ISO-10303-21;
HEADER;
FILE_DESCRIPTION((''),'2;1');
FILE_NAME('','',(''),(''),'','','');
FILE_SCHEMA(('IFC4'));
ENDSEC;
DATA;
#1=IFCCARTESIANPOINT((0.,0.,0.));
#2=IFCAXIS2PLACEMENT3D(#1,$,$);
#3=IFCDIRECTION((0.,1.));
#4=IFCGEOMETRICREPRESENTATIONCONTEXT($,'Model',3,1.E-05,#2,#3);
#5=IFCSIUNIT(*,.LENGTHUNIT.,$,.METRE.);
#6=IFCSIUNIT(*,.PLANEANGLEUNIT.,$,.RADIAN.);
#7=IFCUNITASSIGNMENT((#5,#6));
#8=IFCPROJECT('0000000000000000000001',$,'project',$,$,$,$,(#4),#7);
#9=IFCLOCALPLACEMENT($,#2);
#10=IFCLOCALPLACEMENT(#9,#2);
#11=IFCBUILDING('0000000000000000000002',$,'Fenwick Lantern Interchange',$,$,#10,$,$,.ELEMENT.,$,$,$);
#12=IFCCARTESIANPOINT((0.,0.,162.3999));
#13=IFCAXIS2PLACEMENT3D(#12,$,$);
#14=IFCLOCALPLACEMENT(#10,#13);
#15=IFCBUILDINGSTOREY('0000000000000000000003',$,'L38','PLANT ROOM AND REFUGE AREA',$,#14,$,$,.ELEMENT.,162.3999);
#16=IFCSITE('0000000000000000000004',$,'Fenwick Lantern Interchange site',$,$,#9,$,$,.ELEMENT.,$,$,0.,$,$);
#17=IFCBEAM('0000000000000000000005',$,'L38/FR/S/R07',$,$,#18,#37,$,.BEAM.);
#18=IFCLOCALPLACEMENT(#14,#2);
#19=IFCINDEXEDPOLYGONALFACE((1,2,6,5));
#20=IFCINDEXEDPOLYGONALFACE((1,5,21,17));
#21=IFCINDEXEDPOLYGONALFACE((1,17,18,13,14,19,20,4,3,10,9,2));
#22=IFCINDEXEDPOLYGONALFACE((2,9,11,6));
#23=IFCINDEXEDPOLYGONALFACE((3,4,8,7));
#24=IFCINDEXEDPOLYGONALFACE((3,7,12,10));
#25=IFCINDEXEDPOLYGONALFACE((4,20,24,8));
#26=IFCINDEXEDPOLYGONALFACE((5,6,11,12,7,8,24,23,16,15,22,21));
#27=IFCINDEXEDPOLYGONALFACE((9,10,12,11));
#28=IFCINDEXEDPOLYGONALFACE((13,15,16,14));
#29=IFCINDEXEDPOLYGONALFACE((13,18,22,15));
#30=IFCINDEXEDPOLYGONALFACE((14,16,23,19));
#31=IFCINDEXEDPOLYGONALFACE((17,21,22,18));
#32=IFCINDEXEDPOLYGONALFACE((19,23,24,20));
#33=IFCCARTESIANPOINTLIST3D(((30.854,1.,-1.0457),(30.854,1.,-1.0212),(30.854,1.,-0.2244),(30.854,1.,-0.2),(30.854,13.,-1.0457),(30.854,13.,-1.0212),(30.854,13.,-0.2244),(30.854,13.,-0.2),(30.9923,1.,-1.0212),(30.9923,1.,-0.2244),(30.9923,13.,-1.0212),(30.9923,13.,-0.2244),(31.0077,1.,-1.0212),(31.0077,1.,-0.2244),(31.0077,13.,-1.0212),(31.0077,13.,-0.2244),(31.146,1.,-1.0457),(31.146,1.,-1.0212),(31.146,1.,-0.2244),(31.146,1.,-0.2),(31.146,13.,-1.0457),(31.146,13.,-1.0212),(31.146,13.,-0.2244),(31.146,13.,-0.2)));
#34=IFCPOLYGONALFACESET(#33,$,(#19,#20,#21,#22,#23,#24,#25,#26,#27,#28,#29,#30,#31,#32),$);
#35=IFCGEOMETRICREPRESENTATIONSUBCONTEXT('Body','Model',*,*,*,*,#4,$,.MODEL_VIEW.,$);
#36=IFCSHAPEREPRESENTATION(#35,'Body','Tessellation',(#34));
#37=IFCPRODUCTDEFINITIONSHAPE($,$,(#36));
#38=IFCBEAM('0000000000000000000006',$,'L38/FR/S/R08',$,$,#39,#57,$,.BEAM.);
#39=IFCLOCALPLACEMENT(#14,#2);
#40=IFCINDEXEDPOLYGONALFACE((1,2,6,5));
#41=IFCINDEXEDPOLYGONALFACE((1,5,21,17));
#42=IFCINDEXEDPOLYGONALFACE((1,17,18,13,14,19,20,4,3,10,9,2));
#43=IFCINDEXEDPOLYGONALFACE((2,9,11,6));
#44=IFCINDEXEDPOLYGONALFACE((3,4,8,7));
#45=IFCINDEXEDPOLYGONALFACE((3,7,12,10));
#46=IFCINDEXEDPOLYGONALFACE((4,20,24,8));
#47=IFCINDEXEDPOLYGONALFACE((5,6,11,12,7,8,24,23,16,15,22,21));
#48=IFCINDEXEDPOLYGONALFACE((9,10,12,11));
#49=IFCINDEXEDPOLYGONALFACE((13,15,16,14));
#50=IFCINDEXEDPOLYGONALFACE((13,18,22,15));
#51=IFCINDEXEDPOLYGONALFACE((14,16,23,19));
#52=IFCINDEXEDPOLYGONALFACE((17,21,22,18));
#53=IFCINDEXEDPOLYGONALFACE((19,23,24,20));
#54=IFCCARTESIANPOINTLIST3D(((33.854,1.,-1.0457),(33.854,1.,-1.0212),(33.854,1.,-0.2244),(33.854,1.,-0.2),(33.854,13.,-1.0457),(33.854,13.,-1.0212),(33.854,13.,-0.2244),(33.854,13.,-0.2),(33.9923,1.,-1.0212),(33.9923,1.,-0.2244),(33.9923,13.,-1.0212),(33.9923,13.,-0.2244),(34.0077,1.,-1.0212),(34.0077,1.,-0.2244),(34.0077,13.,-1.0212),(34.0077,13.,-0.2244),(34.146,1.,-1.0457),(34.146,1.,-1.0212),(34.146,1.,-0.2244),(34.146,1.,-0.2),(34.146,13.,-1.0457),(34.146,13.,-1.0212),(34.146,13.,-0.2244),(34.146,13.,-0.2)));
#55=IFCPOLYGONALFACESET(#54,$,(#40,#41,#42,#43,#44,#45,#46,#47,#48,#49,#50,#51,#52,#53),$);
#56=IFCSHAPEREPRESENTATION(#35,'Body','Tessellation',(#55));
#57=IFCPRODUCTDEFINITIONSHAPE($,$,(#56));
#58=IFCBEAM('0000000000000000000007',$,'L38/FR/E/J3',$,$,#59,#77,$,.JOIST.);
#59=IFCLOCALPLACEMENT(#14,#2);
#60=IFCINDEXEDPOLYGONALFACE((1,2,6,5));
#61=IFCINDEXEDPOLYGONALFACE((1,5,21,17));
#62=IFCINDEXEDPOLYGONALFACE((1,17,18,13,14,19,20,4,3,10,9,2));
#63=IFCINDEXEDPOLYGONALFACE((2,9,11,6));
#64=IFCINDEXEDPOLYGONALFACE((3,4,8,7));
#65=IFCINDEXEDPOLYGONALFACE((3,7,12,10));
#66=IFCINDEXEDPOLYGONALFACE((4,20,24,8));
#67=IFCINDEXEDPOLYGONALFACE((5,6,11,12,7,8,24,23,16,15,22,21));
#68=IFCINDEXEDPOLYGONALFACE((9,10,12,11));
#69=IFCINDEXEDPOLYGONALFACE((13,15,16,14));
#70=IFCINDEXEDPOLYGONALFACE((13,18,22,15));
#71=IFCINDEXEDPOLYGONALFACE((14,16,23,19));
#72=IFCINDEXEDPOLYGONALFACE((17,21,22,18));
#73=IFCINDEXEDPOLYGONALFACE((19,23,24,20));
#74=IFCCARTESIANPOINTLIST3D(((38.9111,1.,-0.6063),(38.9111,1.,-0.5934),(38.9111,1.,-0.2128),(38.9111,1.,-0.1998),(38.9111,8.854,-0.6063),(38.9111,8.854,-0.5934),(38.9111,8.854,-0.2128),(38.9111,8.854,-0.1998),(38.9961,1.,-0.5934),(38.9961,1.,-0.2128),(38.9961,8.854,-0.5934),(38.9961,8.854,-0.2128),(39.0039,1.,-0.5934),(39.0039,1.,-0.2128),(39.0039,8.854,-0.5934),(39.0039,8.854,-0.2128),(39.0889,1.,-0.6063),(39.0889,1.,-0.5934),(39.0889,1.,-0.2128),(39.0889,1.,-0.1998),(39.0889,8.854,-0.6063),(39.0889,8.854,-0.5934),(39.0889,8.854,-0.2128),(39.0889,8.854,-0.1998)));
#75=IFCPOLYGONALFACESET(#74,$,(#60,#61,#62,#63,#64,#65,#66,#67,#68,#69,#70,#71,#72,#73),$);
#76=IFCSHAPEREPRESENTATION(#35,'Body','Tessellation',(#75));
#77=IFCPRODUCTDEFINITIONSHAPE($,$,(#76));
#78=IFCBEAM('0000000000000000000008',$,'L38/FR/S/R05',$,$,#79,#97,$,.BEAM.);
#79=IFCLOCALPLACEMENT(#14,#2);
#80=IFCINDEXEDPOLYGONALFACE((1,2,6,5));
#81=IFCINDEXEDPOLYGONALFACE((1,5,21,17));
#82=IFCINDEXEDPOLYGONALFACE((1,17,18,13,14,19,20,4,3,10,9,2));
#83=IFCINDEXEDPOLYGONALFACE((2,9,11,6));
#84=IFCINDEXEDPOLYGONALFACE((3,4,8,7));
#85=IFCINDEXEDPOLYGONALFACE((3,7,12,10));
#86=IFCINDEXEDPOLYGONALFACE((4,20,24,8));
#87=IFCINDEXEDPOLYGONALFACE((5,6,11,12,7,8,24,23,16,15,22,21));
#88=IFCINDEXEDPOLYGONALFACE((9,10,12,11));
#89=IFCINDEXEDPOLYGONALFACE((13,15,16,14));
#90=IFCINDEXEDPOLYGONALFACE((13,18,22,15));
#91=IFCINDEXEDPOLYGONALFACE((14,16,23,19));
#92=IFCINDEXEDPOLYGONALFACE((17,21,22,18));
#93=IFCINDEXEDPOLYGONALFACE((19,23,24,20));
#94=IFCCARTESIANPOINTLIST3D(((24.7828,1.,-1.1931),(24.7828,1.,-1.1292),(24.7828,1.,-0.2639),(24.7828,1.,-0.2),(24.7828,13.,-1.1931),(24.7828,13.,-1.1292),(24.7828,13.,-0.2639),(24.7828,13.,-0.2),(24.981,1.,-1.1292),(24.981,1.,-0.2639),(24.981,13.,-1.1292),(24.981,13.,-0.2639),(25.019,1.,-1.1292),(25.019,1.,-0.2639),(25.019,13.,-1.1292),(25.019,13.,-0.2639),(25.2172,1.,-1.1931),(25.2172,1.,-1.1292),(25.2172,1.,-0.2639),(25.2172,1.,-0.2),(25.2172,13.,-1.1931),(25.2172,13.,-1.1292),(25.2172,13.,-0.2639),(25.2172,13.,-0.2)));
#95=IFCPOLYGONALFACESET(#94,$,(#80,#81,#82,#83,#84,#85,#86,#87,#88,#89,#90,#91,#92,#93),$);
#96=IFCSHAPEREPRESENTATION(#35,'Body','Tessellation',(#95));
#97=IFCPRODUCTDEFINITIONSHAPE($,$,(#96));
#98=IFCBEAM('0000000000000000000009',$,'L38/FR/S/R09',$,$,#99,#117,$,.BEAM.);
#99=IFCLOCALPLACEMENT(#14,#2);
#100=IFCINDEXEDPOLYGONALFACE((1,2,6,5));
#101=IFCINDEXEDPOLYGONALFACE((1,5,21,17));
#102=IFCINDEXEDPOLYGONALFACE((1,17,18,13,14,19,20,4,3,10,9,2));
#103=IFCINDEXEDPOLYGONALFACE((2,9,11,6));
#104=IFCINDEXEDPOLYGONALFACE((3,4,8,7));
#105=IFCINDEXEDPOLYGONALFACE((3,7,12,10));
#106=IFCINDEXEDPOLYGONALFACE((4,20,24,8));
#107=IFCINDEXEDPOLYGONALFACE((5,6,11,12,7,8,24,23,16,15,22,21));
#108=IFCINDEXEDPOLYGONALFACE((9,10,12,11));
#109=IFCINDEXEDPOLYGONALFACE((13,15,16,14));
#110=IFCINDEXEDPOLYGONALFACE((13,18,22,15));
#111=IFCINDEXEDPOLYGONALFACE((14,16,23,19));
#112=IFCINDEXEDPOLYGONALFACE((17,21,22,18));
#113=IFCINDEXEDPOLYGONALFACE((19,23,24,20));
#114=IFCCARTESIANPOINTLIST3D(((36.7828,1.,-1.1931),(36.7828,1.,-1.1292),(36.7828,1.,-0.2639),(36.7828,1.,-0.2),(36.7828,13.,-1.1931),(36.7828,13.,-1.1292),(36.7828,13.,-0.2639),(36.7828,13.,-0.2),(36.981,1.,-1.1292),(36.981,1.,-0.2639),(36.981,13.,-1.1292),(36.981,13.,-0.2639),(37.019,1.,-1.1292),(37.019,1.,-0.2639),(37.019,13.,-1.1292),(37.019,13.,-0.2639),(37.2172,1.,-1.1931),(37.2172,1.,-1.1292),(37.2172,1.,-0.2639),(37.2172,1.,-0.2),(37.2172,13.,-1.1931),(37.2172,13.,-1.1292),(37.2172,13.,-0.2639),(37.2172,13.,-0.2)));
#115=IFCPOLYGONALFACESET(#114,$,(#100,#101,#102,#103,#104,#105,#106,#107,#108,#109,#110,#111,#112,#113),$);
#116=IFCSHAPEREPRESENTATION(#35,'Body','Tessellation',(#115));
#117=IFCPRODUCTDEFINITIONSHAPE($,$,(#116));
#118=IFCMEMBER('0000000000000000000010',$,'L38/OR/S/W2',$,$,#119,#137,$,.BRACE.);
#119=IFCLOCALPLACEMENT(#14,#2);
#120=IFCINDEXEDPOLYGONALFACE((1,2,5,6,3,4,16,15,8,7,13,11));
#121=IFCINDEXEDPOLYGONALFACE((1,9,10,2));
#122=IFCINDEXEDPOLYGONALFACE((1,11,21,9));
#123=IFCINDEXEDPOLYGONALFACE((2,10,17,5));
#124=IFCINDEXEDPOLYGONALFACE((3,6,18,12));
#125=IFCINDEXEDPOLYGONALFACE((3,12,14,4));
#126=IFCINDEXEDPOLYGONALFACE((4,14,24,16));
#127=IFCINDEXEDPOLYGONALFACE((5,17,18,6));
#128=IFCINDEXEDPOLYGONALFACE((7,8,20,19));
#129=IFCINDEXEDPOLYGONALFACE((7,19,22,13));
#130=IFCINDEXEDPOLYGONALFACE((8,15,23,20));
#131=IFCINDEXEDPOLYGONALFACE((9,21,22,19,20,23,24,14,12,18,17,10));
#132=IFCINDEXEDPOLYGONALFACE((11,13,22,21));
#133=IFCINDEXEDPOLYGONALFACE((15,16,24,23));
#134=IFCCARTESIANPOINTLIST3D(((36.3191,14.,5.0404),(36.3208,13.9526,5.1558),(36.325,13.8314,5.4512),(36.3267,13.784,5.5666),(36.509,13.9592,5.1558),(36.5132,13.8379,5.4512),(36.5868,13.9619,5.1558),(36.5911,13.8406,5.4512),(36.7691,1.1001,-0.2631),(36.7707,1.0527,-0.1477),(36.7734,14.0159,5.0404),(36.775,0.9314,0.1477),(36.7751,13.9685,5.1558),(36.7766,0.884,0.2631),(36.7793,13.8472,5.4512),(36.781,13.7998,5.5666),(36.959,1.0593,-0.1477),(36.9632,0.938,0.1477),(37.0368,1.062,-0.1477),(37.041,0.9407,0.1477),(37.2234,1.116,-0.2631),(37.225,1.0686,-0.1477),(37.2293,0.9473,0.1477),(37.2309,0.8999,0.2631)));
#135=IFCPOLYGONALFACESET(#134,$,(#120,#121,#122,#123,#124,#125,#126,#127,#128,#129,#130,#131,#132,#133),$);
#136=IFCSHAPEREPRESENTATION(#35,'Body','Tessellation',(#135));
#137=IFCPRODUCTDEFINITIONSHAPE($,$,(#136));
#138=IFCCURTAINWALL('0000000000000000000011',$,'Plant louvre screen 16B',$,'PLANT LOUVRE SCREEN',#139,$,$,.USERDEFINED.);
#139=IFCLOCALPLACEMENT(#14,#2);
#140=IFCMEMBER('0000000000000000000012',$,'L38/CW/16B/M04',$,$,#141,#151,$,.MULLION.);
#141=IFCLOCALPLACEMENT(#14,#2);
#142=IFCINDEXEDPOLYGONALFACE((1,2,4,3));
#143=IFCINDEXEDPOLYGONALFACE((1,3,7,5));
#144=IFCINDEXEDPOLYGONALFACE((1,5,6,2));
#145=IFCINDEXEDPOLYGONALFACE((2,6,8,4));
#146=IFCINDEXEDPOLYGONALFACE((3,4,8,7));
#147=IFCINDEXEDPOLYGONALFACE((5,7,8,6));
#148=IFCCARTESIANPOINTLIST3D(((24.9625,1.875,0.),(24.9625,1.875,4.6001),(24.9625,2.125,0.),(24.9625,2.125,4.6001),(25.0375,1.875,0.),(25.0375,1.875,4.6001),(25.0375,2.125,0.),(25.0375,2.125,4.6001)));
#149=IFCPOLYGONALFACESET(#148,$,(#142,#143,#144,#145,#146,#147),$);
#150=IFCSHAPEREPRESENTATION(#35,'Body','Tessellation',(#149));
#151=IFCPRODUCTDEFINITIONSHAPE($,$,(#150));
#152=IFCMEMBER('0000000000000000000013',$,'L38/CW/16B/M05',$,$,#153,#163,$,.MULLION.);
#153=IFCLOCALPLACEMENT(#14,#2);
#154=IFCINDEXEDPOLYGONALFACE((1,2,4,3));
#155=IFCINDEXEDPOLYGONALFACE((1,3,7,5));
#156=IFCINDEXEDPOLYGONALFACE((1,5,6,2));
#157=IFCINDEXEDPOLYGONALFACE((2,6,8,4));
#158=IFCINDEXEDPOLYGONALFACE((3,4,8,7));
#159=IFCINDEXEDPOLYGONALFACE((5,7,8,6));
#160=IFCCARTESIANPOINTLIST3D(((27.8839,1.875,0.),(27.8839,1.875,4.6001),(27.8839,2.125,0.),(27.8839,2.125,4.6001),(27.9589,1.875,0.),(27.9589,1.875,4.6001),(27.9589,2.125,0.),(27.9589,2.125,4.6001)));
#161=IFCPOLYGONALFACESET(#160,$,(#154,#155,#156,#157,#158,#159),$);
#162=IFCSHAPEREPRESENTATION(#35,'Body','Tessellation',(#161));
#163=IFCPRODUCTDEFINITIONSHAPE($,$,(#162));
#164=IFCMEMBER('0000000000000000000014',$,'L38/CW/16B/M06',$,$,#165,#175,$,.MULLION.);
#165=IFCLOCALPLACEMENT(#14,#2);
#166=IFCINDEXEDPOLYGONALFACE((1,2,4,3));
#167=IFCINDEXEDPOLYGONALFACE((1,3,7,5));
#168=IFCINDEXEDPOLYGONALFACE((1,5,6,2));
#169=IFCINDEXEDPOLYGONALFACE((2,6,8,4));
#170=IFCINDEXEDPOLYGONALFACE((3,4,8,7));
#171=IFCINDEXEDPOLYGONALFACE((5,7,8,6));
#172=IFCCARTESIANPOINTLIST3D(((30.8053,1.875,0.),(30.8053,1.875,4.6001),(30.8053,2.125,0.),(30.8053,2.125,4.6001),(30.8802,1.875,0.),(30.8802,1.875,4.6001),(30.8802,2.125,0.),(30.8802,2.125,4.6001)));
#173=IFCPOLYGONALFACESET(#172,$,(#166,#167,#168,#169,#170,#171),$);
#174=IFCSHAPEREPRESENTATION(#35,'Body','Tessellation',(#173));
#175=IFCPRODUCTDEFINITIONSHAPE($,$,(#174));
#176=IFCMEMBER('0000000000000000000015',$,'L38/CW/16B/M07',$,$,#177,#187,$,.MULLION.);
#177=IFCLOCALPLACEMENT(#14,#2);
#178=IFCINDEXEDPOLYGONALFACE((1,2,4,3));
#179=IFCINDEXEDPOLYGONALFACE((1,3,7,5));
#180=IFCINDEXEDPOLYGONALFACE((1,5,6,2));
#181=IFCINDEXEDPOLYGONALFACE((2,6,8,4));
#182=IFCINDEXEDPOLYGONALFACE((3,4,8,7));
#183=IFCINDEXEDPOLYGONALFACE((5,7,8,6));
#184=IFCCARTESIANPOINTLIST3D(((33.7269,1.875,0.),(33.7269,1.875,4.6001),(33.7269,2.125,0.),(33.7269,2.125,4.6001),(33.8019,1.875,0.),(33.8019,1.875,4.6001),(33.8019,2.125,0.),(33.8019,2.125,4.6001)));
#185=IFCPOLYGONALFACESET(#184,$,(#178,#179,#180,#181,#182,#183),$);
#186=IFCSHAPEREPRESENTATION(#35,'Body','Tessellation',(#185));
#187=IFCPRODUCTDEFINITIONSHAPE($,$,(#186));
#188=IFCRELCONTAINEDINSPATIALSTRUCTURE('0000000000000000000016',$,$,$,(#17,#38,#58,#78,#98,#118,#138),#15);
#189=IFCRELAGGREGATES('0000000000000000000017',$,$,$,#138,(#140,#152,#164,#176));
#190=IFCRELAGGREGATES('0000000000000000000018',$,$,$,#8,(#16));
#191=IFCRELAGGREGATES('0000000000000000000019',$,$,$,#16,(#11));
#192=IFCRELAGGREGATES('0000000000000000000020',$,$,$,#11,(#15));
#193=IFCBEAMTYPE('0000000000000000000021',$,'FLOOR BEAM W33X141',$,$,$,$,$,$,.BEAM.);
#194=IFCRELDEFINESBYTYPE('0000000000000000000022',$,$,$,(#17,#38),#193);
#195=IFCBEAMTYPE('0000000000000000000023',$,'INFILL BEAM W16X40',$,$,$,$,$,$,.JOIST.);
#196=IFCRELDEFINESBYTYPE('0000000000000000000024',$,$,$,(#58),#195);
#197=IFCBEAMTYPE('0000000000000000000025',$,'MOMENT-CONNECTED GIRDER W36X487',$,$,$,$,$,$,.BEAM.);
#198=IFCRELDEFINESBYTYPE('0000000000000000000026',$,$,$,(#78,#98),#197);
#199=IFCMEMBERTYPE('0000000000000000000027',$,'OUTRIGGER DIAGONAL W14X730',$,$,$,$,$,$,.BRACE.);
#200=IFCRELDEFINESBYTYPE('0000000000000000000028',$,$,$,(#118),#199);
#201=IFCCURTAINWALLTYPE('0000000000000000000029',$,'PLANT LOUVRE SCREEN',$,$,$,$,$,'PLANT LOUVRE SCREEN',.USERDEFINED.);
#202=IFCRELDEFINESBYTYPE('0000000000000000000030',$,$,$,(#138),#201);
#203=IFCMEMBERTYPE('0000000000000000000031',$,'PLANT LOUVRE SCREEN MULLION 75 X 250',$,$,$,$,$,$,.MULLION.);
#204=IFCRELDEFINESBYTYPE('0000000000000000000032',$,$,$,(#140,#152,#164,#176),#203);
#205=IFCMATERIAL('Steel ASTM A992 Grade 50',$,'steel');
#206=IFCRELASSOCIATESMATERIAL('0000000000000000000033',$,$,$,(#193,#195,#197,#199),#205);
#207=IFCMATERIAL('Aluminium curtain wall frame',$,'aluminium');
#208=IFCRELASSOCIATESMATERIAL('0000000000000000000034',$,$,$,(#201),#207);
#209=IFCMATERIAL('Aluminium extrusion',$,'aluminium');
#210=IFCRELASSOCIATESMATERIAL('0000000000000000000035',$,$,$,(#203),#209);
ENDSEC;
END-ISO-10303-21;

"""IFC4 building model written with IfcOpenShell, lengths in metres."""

from ifc_helpers import new_model, si_unit, direction, frame, origin, origin_2d, place, context, subcontext, project, spatial, rectangle, i_section, extrude, material, material_profile, profile_set, type_object, element, aggregate, save


model = new_model("IFC4")

# Units and contexts
model_context = context("Model", 3, precision=1e-05, world=origin(), true_north=direction((0.0, 1.0)))
body_context = subcontext(model_context, "Body", "Model", "MODEL_VIEW")
ifc_project = project(units=[si_unit("LENGTHUNIT", "METRE"), si_unit("PLANEANGLEUNIT", "RADIAN")], contexts=[model_context])

# Site, building, storey
site_placement = place(None, origin())
site = spatial("IfcSite", under=ifc_project, at=site_placement, Name="Fenwick Lantern Interchange site", CompositionType="ELEMENT", RefElevation=0.0)
building_placement = place(site_placement, origin())
building = spatial("IfcBuilding", under=site, at=building_placement, Name="Fenwick Lantern Interchange", CompositionType="ELEMENT")
storey_placement = place(building_placement, frame((0.0, 0.0, 162.3999)))
storey = spatial("IfcBuildingStorey", under=building, at=storey_placement, Name="L38", Description="PLANT ROOM AND REFUGE AREA", CompositionType="ELEMENT", Elevation=162.3999)

# Shared definitions
ifc_material_1 = material(Name="Steel ASTM A992 Grade 50", Category="steel")

# Beams
ifc_material_profile_1 = material_profile(ifc_material_1, i_section(OverallWidth=0.292, OverallDepth=0.8457, WebThickness=0.0154, FlangeThickness=0.0244, at=origin_2d()), Name="W33X141")
ifc_profile_set_1 = profile_set([ifc_material_profile_1], Name="Steel ASTM A992 Grade 50")
beam_type_1 = type_object("IfcBeamType", Name="FLOOR BEAM W33X141", PredefinedType="BEAM", material=ifc_profile_set_1)
for number, where, z_axis, x_axis, name in (
    (1, (31.0, 1.0, -0.6228), (0.0, 1.0, 0.0), (-1.0, 0.0, 0.0), "L38/FR/S/R07"),
    (2, (34.0, 1.0, -0.6228), (0.0, 1.0, 0.0), (-1.0, 0.0, 0.0), "L38/FR/S/R08"),
):
    element("IfcBeam", number, at=place(storey_placement, frame(where, z_axis=z_axis, x_axis=x_axis)), inside=storey, type_object=beam_type_1, Name=name, PredefinedType="BEAM", context=body_context, shape_type="SweptSolid", body=[
        extrude(i_section(OverallWidth=0.292, OverallDepth=0.8457, WebThickness=0.0154, FlangeThickness=0.0244, at=origin_2d()), origin(), (0.0, 0.0, 1.0), 12.0),
    ])
ifc_material_profile_2 = material_profile(ifc_material_1, i_section(OverallWidth=0.1777, OverallDepth=0.4065, WebThickness=0.0078, FlangeThickness=0.0129, at=origin_2d()), Name="W16X40")
ifc_profile_set_2 = profile_set([ifc_material_profile_2], Name="Steel ASTM A992 Grade 50")
beam_type_2 = type_object("IfcBeamType", Name="INFILL BEAM W16X40", PredefinedType="JOIST", material=ifc_profile_set_2)
beam_1_placement = place(storey_placement, frame((39.0, 1.0, -0.4031), z_axis=(0.0, 1.0, 0.0), x_axis=(-1.0, 0.0, 0.0)))
element("IfcBeam", 3, at=beam_1_placement, inside=storey, type_object=beam_type_2, Name="L38/FR/E/J3", PredefinedType="JOIST", context=body_context, shape_type="SweptSolid", body=[
    extrude(i_section(OverallWidth=0.1777, OverallDepth=0.4065, WebThickness=0.0078, FlangeThickness=0.0129, at=origin_2d()), origin(), (0.0, 0.0, 1.0), 7.854),
])
ifc_material_profile_3 = material_profile(ifc_material_1, i_section(OverallWidth=0.4343, OverallDepth=0.9932, WebThickness=0.0381, FlangeThickness=0.064, at=origin_2d()), Name="W36X487")
ifc_profile_set_3 = profile_set([ifc_material_profile_3], Name="Steel ASTM A992 Grade 50")
beam_type_3 = type_object("IfcBeamType", Name="MOMENT-CONNECTED GIRDER W36X487", PredefinedType="BEAM", material=ifc_profile_set_3)
for number, where, z_axis, x_axis, name in (
    (4, (25.0, 1.0, -0.6965), (0.0, 1.0, 0.0), (-1.0, 0.0, 0.0), "L38/FR/S/R05"),
    (5, (37.0, 1.0, -0.6965), (0.0, 1.0, 0.0), (-1.0, 0.0, 0.0), "L38/FR/S/R09"),
):
    element("IfcBeam", number, at=place(storey_placement, frame(where, z_axis=z_axis, x_axis=x_axis)), inside=storey, type_object=beam_type_3, Name=name, PredefinedType="BEAM", context=body_context, shape_type="SweptSolid", body=[
        extrude(i_section(OverallWidth=0.4343, OverallDepth=0.9932, WebThickness=0.0381, FlangeThickness=0.064, at=origin_2d()), origin(), (0.0, 0.0, 1.0), 12.0),
    ])

# Member
ifc_material_profile_4 = material_profile(ifc_material_1, i_section(OverallWidth=0.4546, OverallDepth=0.5688, WebThickness=0.0779, FlangeThickness=0.1248, at=origin_2d()), Name="W14X730")
ifc_profile_set_4 = profile_set([ifc_material_profile_4], Name="Steel ASTM A992 Grade 50")
member_type_1 = type_object("IfcMemberType", Name="OUTRIGGER DIAGONAL W14X730", PredefinedType="BRACE", material=ifc_profile_set_4)
member_1_placement = place(storey_placement, frame((37.0, 1.0, 0.0), z_axis=(-0.032243, 0.924406, 0.380046), x_axis=(-0.999392, -0.034859, 0.0)))
element("IfcMember", 6, at=member_1_placement, inside=storey, type_object=member_type_1, Name="L38/OR/S/W2", PredefinedType="BRACE", context=body_context, shape_type="SweptSolid", body=[
    extrude(i_section(OverallWidth=0.4546, OverallDepth=0.5688, WebThickness=0.0779, FlangeThickness=0.1248, at=origin_2d()), origin(), (0.0, 0.0, 1.0), 13.9548),
])

# Curtain wall, members
ifc_material_2 = material(Name="Aluminium curtain wall frame", Category="aluminium")
curtain_wall_type = type_object("IfcCurtainWallType", Name="PLANT LOUVRE SCREEN", ElementType="PLANT LOUVRE SCREEN", PredefinedType="USERDEFINED", material=ifc_material_2)
curtain_wall_placement = place(storey_placement, origin())
curtain_wall = element("IfcCurtainWall", 7, at=curtain_wall_placement, inside=storey, type_object=curtain_wall_type, Name="Plant louvre screen 16B", ObjectType="PLANT LOUVRE SCREEN", PredefinedType="USERDEFINED")
ifc_material_3 = material(Name="Aluminium extrusion", Category="aluminium")
ifc_material_profile_5 = material_profile(ifc_material_3, rectangle(XDim=0.25, YDim=0.075, at=origin_2d()), Name="PLANT LOUVRE SCREEN MULLION 75 X 250")
ifc_profile_set_5 = profile_set([ifc_material_profile_5], Name="Aluminium extrusion")
member_type_2 = type_object("IfcMemberType", Name="PLANT LOUVRE SCREEN MULLION 75 X 250", PredefinedType="MULLION", material=ifc_profile_set_5)
member_2_placement = place(storey_placement, frame((25.0, 2.0, 0.0), z_axis=(0.0, 0.0, 1.0), x_axis=(0.0, 1.0, 0.0)))
member_2 = element("IfcMember", 8, at=member_2_placement, type_object=member_type_2, Name="L38/CW/16B/M04", PredefinedType="MULLION", context=body_context, shape_type="SweptSolid", body=[
    extrude(rectangle(XDim=0.25, YDim=0.075, at=origin_2d()), origin(), (0.0, 0.0, 1.0), 4.6001),
])
member_3_placement = place(storey_placement, frame((27.9214, 2.0, 0.0), z_axis=(0.0, 0.0, 1.0), x_axis=(0.0, 1.0, 0.0)))
member_3 = element("IfcMember", 9, at=member_3_placement, type_object=member_type_2, Name="L38/CW/16B/M05", PredefinedType="MULLION", context=body_context, shape_type="SweptSolid", body=[
    extrude(rectangle(XDim=0.25, YDim=0.075, at=origin_2d()), origin(), (0.0, 0.0, 1.0), 4.6001),
])
member_4_placement = place(storey_placement, frame((30.8428, 2.0, 0.0), z_axis=(0.0, 0.0, 1.0), x_axis=(0.0, 1.0, 0.0)))
member_4 = element("IfcMember", 10, at=member_4_placement, type_object=member_type_2, Name="L38/CW/16B/M06", PredefinedType="MULLION", context=body_context, shape_type="SweptSolid", body=[
    extrude(rectangle(XDim=0.25, YDim=0.075, at=origin_2d()), origin(), (0.0, 0.0, 1.0), 4.6001),
])
member_5_placement = place(storey_placement, frame((33.7644, 2.0, 0.0), z_axis=(0.0, 0.0, 1.0), x_axis=(0.0, 1.0, 0.0)))
member_5 = element("IfcMember", 11, at=member_5_placement, type_object=member_type_2, Name="L38/CW/16B/M07", PredefinedType="MULLION", context=body_context, shape_type="SweptSolid", body=[
    extrude(rectangle(XDim=0.25, YDim=0.075, at=origin_2d()), origin(), (0.0, 0.0, 1.0), 4.6001),
])

aggregate(curtain_wall, [member_2, member_3, member_4, member_5])

save(model, "model.ifc")
